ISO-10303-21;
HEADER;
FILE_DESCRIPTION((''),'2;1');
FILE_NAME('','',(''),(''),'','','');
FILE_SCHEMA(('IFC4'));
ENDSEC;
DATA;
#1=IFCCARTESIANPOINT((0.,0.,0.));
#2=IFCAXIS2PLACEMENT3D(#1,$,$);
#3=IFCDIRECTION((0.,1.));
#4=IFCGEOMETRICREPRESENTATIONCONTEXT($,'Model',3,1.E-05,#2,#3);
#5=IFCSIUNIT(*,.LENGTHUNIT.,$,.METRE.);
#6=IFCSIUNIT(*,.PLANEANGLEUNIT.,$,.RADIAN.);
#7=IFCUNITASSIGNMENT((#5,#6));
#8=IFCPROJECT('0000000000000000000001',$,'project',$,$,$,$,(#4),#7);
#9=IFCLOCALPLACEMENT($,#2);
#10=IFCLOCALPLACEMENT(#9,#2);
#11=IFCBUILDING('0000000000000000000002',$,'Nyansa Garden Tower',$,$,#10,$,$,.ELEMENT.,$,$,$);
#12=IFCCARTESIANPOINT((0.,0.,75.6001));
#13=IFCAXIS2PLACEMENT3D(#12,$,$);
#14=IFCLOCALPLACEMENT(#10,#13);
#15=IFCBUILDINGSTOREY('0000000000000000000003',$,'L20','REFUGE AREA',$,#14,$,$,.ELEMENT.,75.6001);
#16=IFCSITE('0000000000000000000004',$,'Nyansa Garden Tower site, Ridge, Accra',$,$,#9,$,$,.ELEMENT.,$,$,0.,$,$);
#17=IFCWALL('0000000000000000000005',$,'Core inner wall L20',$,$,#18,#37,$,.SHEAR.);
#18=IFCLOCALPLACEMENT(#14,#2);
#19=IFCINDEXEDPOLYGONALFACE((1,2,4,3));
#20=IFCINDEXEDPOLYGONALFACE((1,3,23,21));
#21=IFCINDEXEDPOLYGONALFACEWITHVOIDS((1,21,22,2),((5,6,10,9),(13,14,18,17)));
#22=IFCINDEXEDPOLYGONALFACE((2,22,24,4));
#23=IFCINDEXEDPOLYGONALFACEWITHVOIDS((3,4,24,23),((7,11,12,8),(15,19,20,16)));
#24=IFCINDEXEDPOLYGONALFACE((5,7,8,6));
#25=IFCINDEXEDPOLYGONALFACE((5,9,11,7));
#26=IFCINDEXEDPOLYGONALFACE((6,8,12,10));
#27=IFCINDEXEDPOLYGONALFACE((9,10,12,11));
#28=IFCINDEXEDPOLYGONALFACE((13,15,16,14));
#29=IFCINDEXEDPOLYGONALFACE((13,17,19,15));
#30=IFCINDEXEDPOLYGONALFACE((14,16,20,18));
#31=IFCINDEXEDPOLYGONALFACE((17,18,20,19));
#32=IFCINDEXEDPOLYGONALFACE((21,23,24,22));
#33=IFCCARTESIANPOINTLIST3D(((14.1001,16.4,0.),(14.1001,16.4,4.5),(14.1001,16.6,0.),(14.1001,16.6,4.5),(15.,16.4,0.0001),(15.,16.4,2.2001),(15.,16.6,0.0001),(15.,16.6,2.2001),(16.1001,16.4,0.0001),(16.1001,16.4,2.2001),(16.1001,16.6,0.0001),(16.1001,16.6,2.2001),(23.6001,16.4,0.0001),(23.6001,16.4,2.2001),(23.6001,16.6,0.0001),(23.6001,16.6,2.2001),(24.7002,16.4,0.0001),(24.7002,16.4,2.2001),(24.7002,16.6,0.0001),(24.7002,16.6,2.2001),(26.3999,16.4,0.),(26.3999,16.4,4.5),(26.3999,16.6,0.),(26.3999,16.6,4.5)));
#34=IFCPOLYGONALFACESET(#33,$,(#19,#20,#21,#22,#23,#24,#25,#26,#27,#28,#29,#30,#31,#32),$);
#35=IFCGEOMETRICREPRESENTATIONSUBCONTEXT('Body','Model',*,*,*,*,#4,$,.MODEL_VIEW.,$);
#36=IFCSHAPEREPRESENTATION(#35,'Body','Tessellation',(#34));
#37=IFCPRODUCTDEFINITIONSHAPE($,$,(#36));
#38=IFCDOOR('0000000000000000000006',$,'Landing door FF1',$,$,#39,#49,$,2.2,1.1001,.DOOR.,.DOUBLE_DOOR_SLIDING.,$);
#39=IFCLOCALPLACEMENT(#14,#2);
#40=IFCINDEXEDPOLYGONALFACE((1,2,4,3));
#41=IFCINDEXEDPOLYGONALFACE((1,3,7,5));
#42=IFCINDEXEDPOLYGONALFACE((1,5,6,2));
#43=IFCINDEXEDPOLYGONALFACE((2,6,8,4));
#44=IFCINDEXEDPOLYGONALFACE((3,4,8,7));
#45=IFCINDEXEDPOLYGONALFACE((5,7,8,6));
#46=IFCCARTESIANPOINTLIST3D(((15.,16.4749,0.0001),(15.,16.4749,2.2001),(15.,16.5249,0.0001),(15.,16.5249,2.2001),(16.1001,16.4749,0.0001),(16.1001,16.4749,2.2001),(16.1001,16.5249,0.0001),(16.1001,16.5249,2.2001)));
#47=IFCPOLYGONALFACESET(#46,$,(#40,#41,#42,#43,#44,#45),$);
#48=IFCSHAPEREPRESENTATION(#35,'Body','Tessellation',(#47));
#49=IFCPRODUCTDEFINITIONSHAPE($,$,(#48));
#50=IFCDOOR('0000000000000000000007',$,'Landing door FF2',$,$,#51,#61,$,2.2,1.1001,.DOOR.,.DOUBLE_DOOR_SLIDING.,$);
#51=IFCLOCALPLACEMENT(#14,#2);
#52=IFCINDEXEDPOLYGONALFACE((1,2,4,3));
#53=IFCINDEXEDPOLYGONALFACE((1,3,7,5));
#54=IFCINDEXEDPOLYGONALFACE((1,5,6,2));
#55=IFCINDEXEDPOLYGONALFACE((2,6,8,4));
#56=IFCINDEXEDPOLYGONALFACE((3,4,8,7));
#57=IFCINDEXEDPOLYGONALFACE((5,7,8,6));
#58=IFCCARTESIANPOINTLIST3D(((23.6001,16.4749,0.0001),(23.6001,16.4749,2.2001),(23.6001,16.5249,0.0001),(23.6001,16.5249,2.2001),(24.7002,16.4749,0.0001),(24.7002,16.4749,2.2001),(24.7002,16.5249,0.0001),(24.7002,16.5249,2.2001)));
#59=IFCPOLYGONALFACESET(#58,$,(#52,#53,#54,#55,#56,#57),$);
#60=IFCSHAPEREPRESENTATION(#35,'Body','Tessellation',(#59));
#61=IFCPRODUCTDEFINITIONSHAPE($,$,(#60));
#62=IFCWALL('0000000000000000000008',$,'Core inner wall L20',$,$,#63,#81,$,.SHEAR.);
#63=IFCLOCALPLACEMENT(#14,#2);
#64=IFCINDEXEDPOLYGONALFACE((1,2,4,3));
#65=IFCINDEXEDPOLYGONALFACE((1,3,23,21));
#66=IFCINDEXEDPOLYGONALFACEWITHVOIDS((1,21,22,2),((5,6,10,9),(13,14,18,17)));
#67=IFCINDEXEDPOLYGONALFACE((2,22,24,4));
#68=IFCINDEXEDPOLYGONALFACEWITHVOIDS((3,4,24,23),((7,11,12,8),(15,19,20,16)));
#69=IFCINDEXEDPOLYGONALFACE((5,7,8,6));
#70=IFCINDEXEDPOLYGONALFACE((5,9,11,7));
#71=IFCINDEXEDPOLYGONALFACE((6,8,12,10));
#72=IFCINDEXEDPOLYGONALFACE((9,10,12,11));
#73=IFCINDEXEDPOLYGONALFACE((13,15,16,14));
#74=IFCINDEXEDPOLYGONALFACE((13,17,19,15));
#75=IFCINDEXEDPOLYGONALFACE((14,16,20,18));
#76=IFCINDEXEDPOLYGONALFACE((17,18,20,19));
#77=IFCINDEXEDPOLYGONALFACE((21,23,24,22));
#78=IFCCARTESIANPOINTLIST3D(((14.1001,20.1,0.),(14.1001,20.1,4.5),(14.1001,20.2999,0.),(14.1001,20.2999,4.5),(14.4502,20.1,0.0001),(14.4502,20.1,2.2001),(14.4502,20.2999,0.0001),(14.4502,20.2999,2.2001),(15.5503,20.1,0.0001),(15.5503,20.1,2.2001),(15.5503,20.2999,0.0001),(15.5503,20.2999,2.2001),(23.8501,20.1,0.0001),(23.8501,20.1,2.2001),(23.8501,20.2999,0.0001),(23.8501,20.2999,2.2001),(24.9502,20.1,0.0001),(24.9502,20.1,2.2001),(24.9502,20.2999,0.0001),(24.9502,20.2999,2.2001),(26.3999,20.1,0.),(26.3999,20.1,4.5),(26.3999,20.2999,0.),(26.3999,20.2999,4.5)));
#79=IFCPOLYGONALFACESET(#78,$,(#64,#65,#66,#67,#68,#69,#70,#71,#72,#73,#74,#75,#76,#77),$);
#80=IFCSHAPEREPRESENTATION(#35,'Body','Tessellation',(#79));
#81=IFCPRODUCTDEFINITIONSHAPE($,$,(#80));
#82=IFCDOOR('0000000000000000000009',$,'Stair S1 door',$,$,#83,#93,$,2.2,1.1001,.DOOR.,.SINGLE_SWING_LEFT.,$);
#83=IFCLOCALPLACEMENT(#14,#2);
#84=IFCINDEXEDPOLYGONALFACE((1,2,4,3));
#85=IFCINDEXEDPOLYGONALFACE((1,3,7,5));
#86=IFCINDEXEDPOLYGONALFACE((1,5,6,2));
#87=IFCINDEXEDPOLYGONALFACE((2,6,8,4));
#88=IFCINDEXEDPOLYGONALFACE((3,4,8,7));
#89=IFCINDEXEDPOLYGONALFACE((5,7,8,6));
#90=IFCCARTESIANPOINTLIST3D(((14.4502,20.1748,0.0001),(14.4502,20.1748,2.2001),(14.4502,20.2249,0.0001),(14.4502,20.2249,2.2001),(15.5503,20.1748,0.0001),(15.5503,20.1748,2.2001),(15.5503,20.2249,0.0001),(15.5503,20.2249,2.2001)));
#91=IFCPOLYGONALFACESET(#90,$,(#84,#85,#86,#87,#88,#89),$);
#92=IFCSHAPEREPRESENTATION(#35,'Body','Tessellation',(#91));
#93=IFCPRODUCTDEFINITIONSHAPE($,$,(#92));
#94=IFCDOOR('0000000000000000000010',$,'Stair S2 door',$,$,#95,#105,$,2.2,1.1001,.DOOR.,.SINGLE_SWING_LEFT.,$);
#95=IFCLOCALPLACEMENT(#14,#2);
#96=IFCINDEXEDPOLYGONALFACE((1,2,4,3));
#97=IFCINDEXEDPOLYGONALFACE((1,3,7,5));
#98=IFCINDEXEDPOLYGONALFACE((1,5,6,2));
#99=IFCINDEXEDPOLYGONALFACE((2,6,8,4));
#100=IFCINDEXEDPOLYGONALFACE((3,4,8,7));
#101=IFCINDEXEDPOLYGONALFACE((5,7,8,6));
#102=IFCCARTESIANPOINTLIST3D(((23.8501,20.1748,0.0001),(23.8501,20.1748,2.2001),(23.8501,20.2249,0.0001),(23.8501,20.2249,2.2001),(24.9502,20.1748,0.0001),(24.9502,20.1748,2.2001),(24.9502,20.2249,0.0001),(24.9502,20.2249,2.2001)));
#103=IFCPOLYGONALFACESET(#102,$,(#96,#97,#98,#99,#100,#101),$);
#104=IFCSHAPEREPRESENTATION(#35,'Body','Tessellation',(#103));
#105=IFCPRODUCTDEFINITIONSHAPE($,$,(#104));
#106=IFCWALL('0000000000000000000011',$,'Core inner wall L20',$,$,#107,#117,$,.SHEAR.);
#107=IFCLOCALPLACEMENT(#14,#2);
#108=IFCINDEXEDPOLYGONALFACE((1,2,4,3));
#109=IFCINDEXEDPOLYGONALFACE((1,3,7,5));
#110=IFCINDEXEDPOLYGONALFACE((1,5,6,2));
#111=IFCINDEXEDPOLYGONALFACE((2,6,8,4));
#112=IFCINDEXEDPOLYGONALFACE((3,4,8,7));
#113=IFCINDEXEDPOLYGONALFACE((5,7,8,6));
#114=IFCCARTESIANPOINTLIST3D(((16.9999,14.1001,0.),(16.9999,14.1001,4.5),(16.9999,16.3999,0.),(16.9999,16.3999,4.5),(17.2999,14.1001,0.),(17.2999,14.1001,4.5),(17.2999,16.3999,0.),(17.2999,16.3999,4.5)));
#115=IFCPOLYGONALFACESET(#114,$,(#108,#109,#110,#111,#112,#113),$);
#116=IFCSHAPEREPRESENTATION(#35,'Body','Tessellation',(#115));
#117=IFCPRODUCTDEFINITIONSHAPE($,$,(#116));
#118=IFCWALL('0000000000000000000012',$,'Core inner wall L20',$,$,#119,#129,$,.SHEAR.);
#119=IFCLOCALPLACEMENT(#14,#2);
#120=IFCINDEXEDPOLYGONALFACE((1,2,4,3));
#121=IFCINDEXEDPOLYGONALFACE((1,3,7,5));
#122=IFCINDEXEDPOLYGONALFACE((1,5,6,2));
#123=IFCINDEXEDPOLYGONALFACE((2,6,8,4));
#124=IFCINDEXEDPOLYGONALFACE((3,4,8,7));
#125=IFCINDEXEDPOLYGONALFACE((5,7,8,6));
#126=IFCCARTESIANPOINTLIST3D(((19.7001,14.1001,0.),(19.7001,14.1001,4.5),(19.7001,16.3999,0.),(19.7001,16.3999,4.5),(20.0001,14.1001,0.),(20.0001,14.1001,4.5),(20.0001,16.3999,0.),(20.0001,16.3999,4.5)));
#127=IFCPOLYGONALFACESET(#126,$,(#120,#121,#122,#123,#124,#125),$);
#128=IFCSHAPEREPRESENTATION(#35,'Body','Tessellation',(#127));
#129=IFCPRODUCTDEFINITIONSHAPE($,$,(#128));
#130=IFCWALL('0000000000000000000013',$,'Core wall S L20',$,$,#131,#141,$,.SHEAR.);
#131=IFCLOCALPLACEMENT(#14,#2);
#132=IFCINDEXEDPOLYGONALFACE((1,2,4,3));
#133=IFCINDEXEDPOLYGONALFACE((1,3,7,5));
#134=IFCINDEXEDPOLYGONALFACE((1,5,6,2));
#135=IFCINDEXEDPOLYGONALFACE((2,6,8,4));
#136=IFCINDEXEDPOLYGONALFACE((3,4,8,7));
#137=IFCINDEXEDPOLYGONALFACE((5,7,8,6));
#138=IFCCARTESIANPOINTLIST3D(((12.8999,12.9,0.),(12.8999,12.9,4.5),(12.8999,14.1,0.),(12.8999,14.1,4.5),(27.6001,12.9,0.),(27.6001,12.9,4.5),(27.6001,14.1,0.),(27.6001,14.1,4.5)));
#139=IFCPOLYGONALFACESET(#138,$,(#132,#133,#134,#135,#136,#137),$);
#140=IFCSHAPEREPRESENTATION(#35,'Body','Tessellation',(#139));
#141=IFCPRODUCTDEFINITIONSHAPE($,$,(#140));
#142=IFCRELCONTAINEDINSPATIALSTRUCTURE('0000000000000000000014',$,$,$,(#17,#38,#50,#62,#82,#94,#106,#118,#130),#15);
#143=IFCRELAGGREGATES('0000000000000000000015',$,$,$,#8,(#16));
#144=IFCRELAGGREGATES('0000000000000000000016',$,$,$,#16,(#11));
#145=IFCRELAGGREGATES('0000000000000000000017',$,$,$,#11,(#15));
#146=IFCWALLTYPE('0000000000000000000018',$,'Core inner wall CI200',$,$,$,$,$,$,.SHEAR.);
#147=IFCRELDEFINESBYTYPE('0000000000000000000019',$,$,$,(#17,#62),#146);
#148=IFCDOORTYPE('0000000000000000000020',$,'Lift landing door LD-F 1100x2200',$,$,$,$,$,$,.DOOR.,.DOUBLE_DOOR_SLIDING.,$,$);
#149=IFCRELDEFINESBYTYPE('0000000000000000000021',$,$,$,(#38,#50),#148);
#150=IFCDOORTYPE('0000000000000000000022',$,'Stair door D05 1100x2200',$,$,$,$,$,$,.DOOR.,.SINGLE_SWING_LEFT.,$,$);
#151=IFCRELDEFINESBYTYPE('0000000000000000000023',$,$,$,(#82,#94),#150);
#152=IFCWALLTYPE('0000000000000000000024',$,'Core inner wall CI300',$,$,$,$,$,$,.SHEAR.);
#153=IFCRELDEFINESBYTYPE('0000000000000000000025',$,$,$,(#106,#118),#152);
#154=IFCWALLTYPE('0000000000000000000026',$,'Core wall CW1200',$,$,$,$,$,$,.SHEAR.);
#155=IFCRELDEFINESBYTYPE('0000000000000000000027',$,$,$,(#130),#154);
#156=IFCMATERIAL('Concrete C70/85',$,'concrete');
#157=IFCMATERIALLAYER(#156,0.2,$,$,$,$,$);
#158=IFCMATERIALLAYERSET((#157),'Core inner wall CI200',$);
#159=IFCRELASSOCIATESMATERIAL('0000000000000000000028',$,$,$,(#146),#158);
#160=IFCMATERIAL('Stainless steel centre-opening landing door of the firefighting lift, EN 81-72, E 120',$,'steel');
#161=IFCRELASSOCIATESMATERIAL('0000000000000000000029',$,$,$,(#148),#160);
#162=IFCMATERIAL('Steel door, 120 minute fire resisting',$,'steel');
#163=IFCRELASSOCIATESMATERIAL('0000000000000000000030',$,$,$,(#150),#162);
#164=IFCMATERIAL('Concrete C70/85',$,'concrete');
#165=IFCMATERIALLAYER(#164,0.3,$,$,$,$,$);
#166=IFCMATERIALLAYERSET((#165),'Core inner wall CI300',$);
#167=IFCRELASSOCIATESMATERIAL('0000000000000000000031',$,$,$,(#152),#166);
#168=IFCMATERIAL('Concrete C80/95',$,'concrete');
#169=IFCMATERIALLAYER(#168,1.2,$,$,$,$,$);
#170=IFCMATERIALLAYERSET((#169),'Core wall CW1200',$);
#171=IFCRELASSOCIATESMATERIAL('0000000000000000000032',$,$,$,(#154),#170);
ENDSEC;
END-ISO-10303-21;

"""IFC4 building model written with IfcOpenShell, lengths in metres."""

from ifc_helpers import new_model, si_unit, direction, frame, frame_2d, origin, place, context, subcontext, project, spatial, rectangle, extrude, material, layer, layer_set, type_object, element, fill, save


model = new_model("IFC4")

# Units and contexts
model_context = context("Model", 3, precision=1e-05, world=origin(), true_north=direction((0.0, 1.0)))
body_context = subcontext(model_context, "Body", "Model", "MODEL_VIEW")
ifc_project = project(units=[si_unit("LENGTHUNIT", "METRE"), si_unit("PLANEANGLEUNIT", "RADIAN")], contexts=[model_context])

# Site, building, storey
site_placement = place(None, origin())
site = spatial("IfcSite", under=ifc_project, at=site_placement, Name="Nyansa Garden Tower site, Ridge, Accra", CompositionType="ELEMENT", RefElevation=0.0)
building_placement = place(site_placement, origin())
building = spatial("IfcBuilding", under=site, at=building_placement, Name="Nyansa Garden Tower", CompositionType="ELEMENT")
storey_placement = place(building_placement, frame((0.0, 0.0, 75.6001)))
storey = spatial("IfcBuildingStorey", under=building, at=storey_placement, Name="L20", Description="REFUGE AREA", CompositionType="ELEMENT", Elevation=75.6001)

# Walls, openings, doors
ifc_material_1 = material(Name="Concrete C70/85", Category="concrete")
ifc_layer_1 = layer(ifc_material_1, 0.2)
ifc_layer_set_1 = layer_set([ifc_layer_1], Name="Core inner wall CI200")
wall_type_1 = type_object("IfcWallType", Name="Core inner wall CI200", PredefinedType="SHEAR", material=ifc_layer_set_1)
wall_1_placement = place(storey_placement, frame((14.1001, 16.5, 0.0), z_axis=(0.0, 0.0, 1.0), x_axis=(1.0, 0.0, 0.0)))
wall_1 = element("IfcWall", 1, at=wall_1_placement, inside=storey, type_object=wall_type_1, Name="Core inner wall L20", PredefinedType="SHEAR", context=body_context, shape_type="SweptSolid", body=[
    extrude(rectangle(XDim=12.2998, YDim=0.2, at=frame_2d((6.1499, 0.0))), origin(), (0.0, 0.0, 1.0), 4.5),
])
opening_1_placement = place(wall_1_placement, frame((0.8999, 0.0, 0.0)))
opening_1 = element("IfcOpeningElement", 2, at=opening_1_placement, cuts=wall_1, PredefinedType="OPENING", context=body_context, shape_type="SweptSolid", body=[
    extrude(rectangle(XDim=1.1001, YDim=2.2, at=frame_2d((0.55, 1.1001))), frame((0.0, 0.1099, 0.0), z_axis=(0.0, -1.0, 0.0), x_axis=(1.0, 0.0, 0.0)), (0.0, 0.0, 1.0), 0.22),
])
opening_2_placement = place(wall_1_placement, frame((9.5, 0.0, 0.0)))
opening_2 = element("IfcOpeningElement", 3, at=opening_2_placement, cuts=wall_1, PredefinedType="OPENING", context=body_context, shape_type="SweptSolid", body=[
    extrude(rectangle(XDim=1.1001, YDim=2.2, at=frame_2d((0.55, 1.1001))), frame((0.0, 0.1099, 0.0), z_axis=(0.0, -1.0, 0.0), x_axis=(1.0, 0.0, 0.0)), (0.0, 0.0, 1.0), 0.22),
])
ifc_material_2 = material(Name="Stainless steel centre-opening landing door of the firefighting lift, EN 81-72, E 120", Category="steel")
door_type_1 = type_object("IfcDoorType", Name="Lift landing door LD-F 1100x2200", OperationType="DOUBLE_DOOR_SLIDING", PredefinedType="DOOR", material=ifc_material_2)
door_1_placement = place(opening_1_placement, origin())
door_1 = element("IfcDoor", 4, at=door_1_placement, inside=storey, type_object=door_type_1, Name="Landing door FF1", OperationType="DOUBLE_DOOR_SLIDING", OverallHeight=2.2, OverallWidth=1.1001, PredefinedType="DOOR", context=body_context, shape_type="SweptSolid", body=[
    extrude(rectangle(XDim=1.1001, YDim=2.2, at=frame_2d((0.55, 1.1001))), frame((0.0, 0.0249, 0.0), z_axis=(0.0, -1.0, 0.0), x_axis=(1.0, 0.0, 0.0)), (0.0, 0.0, 1.0), 0.05),
])
fill(opening_1, door_1)
door_2_placement = place(opening_2_placement, origin())
door_2 = element("IfcDoor", 5, at=door_2_placement, inside=storey, type_object=door_type_1, Name="Landing door FF2", OperationType="DOUBLE_DOOR_SLIDING", OverallHeight=2.2, OverallWidth=1.1001, PredefinedType="DOOR", context=body_context, shape_type="SweptSolid", body=[
    extrude(rectangle(XDim=1.1001, YDim=2.2, at=frame_2d((0.55, 1.1001))), frame((0.0, 0.0249, 0.0), z_axis=(0.0, -1.0, 0.0), x_axis=(1.0, 0.0, 0.0)), (0.0, 0.0, 1.0), 0.05),
])
fill(opening_2, door_2)
wall_2_placement = place(storey_placement, frame((14.1001, 20.2, 0.0), z_axis=(0.0, 0.0, 1.0), x_axis=(1.0, 0.0, 0.0)))
wall_2 = element("IfcWall", 6, at=wall_2_placement, inside=storey, type_object=wall_type_1, Name="Core inner wall L20", PredefinedType="SHEAR", context=body_context, shape_type="SweptSolid", body=[
    extrude(rectangle(XDim=12.2998, YDim=0.2, at=frame_2d((6.1499, 0.0))), origin(), (0.0, 0.0, 1.0), 4.5),
])
opening_3_placement = place(wall_2_placement, frame((0.3501, 0.0, 0.0)))
opening_3 = element("IfcOpeningElement", 7, at=opening_3_placement, cuts=wall_2, PredefinedType="OPENING", context=body_context, shape_type="SweptSolid", body=[
    extrude(rectangle(XDim=1.1001, YDim=2.2, at=frame_2d((0.55, 1.1001))), frame((0.0, 0.1099, 0.0), z_axis=(0.0, -1.0, 0.0), x_axis=(1.0, 0.0, 0.0)), (0.0, 0.0, 1.0), 0.22),
])
opening_4_placement = place(wall_2_placement, frame((9.75, 0.0, 0.0)))
opening_4 = element("IfcOpeningElement", 8, at=opening_4_placement, cuts=wall_2, PredefinedType="OPENING", context=body_context, shape_type="SweptSolid", body=[
    extrude(rectangle(XDim=1.1001, YDim=2.2, at=frame_2d((0.55, 1.1001))), frame((0.0, 0.1099, 0.0), z_axis=(0.0, -1.0, 0.0), x_axis=(1.0, 0.0, 0.0)), (0.0, 0.0, 1.0), 0.22),
])
ifc_material_3 = material(Name="Steel door, 120 minute fire resisting", Category="steel")
door_type_2 = type_object("IfcDoorType", Name="Stair door D05 1100x2200", OperationType="SINGLE_SWING_LEFT", PredefinedType="DOOR", material=ifc_material_3)
door_3_placement = place(opening_3_placement, origin())
door_3 = element("IfcDoor", 9, at=door_3_placement, inside=storey, type_object=door_type_2, Name="Stair S1 door", OperationType="SINGLE_SWING_LEFT", OverallHeight=2.2, OverallWidth=1.1001, PredefinedType="DOOR", context=body_context, shape_type="SweptSolid", body=[
    extrude(rectangle(XDim=1.1001, YDim=2.2, at=frame_2d((0.55, 1.1001))), frame((0.0, 0.0249, 0.0), z_axis=(0.0, -1.0, 0.0), x_axis=(1.0, 0.0, 0.0)), (0.0, 0.0, 1.0), 0.05),
])
fill(opening_3, door_3)
door_4_placement = place(opening_4_placement, origin())
door_4 = element("IfcDoor", 10, at=door_4_placement, inside=storey, type_object=door_type_2, Name="Stair S2 door", OperationType="SINGLE_SWING_LEFT", OverallHeight=2.2, OverallWidth=1.1001, PredefinedType="DOOR", context=body_context, shape_type="SweptSolid", body=[
    extrude(rectangle(XDim=1.1001, YDim=2.2, at=frame_2d((0.55, 1.1001))), frame((0.0, 0.0249, 0.0), z_axis=(0.0, -1.0, 0.0), x_axis=(1.0, 0.0, 0.0)), (0.0, 0.0, 1.0), 0.05),
])
fill(opening_4, door_4)

# Walls
ifc_material_4 = material(Name="Concrete C70/85", Category="concrete")
ifc_layer_2 = layer(ifc_material_4, 0.3)
ifc_layer_set_2 = layer_set([ifc_layer_2], Name="Core inner wall CI300")
wall_type_2 = type_object("IfcWallType", Name="Core inner wall CI300", PredefinedType="SHEAR", material=ifc_layer_set_2)
for number, where, z_axis, x_axis, name in (
    (11, (17.1499, 14.1001, 0.0), (0.0, 0.0, 1.0), (0.0, 1.0, 0.0), "Core inner wall L20"),
    (12, (19.8501, 14.1001, 0.0), (0.0, 0.0, 1.0), (0.0, 1.0, 0.0), "Core inner wall L20"),
):
    element("IfcWall", number, at=place(storey_placement, frame(where, z_axis=z_axis, x_axis=x_axis)), inside=storey, type_object=wall_type_2, Name=name, PredefinedType="SHEAR", context=body_context, shape_type="SweptSolid", body=[
        extrude(rectangle(XDim=2.2998, YDim=0.3, at=frame_2d((1.1499, 0.0))), origin(), (0.0, 0.0, 1.0), 4.5),
    ])
ifc_material_5 = material(Name="Concrete C80/95", Category="concrete")
ifc_layer_3 = layer(ifc_material_5, 1.2)
ifc_layer_set_3 = layer_set([ifc_layer_3], Name="Core wall CW1200")
wall_type_3 = type_object("IfcWallType", Name="Core wall CW1200", PredefinedType="SHEAR", material=ifc_layer_set_3)
wall_3_placement = place(storey_placement, frame((12.8999, 13.5, 0.0), z_axis=(0.0, 0.0, 1.0), x_axis=(1.0, 0.0, 0.0)))
element("IfcWall", 13, at=wall_3_placement, inside=storey, type_object=wall_type_3, Name="Core wall S L20", PredefinedType="SHEAR", context=body_context, shape_type="SweptSolid", body=[
    extrude(rectangle(XDim=14.7002, YDim=1.2, at=frame_2d((7.3501, 0.0))), origin(), (0.0, 0.0, 1.0), 4.5),
])

save(model, "model.ifc")
